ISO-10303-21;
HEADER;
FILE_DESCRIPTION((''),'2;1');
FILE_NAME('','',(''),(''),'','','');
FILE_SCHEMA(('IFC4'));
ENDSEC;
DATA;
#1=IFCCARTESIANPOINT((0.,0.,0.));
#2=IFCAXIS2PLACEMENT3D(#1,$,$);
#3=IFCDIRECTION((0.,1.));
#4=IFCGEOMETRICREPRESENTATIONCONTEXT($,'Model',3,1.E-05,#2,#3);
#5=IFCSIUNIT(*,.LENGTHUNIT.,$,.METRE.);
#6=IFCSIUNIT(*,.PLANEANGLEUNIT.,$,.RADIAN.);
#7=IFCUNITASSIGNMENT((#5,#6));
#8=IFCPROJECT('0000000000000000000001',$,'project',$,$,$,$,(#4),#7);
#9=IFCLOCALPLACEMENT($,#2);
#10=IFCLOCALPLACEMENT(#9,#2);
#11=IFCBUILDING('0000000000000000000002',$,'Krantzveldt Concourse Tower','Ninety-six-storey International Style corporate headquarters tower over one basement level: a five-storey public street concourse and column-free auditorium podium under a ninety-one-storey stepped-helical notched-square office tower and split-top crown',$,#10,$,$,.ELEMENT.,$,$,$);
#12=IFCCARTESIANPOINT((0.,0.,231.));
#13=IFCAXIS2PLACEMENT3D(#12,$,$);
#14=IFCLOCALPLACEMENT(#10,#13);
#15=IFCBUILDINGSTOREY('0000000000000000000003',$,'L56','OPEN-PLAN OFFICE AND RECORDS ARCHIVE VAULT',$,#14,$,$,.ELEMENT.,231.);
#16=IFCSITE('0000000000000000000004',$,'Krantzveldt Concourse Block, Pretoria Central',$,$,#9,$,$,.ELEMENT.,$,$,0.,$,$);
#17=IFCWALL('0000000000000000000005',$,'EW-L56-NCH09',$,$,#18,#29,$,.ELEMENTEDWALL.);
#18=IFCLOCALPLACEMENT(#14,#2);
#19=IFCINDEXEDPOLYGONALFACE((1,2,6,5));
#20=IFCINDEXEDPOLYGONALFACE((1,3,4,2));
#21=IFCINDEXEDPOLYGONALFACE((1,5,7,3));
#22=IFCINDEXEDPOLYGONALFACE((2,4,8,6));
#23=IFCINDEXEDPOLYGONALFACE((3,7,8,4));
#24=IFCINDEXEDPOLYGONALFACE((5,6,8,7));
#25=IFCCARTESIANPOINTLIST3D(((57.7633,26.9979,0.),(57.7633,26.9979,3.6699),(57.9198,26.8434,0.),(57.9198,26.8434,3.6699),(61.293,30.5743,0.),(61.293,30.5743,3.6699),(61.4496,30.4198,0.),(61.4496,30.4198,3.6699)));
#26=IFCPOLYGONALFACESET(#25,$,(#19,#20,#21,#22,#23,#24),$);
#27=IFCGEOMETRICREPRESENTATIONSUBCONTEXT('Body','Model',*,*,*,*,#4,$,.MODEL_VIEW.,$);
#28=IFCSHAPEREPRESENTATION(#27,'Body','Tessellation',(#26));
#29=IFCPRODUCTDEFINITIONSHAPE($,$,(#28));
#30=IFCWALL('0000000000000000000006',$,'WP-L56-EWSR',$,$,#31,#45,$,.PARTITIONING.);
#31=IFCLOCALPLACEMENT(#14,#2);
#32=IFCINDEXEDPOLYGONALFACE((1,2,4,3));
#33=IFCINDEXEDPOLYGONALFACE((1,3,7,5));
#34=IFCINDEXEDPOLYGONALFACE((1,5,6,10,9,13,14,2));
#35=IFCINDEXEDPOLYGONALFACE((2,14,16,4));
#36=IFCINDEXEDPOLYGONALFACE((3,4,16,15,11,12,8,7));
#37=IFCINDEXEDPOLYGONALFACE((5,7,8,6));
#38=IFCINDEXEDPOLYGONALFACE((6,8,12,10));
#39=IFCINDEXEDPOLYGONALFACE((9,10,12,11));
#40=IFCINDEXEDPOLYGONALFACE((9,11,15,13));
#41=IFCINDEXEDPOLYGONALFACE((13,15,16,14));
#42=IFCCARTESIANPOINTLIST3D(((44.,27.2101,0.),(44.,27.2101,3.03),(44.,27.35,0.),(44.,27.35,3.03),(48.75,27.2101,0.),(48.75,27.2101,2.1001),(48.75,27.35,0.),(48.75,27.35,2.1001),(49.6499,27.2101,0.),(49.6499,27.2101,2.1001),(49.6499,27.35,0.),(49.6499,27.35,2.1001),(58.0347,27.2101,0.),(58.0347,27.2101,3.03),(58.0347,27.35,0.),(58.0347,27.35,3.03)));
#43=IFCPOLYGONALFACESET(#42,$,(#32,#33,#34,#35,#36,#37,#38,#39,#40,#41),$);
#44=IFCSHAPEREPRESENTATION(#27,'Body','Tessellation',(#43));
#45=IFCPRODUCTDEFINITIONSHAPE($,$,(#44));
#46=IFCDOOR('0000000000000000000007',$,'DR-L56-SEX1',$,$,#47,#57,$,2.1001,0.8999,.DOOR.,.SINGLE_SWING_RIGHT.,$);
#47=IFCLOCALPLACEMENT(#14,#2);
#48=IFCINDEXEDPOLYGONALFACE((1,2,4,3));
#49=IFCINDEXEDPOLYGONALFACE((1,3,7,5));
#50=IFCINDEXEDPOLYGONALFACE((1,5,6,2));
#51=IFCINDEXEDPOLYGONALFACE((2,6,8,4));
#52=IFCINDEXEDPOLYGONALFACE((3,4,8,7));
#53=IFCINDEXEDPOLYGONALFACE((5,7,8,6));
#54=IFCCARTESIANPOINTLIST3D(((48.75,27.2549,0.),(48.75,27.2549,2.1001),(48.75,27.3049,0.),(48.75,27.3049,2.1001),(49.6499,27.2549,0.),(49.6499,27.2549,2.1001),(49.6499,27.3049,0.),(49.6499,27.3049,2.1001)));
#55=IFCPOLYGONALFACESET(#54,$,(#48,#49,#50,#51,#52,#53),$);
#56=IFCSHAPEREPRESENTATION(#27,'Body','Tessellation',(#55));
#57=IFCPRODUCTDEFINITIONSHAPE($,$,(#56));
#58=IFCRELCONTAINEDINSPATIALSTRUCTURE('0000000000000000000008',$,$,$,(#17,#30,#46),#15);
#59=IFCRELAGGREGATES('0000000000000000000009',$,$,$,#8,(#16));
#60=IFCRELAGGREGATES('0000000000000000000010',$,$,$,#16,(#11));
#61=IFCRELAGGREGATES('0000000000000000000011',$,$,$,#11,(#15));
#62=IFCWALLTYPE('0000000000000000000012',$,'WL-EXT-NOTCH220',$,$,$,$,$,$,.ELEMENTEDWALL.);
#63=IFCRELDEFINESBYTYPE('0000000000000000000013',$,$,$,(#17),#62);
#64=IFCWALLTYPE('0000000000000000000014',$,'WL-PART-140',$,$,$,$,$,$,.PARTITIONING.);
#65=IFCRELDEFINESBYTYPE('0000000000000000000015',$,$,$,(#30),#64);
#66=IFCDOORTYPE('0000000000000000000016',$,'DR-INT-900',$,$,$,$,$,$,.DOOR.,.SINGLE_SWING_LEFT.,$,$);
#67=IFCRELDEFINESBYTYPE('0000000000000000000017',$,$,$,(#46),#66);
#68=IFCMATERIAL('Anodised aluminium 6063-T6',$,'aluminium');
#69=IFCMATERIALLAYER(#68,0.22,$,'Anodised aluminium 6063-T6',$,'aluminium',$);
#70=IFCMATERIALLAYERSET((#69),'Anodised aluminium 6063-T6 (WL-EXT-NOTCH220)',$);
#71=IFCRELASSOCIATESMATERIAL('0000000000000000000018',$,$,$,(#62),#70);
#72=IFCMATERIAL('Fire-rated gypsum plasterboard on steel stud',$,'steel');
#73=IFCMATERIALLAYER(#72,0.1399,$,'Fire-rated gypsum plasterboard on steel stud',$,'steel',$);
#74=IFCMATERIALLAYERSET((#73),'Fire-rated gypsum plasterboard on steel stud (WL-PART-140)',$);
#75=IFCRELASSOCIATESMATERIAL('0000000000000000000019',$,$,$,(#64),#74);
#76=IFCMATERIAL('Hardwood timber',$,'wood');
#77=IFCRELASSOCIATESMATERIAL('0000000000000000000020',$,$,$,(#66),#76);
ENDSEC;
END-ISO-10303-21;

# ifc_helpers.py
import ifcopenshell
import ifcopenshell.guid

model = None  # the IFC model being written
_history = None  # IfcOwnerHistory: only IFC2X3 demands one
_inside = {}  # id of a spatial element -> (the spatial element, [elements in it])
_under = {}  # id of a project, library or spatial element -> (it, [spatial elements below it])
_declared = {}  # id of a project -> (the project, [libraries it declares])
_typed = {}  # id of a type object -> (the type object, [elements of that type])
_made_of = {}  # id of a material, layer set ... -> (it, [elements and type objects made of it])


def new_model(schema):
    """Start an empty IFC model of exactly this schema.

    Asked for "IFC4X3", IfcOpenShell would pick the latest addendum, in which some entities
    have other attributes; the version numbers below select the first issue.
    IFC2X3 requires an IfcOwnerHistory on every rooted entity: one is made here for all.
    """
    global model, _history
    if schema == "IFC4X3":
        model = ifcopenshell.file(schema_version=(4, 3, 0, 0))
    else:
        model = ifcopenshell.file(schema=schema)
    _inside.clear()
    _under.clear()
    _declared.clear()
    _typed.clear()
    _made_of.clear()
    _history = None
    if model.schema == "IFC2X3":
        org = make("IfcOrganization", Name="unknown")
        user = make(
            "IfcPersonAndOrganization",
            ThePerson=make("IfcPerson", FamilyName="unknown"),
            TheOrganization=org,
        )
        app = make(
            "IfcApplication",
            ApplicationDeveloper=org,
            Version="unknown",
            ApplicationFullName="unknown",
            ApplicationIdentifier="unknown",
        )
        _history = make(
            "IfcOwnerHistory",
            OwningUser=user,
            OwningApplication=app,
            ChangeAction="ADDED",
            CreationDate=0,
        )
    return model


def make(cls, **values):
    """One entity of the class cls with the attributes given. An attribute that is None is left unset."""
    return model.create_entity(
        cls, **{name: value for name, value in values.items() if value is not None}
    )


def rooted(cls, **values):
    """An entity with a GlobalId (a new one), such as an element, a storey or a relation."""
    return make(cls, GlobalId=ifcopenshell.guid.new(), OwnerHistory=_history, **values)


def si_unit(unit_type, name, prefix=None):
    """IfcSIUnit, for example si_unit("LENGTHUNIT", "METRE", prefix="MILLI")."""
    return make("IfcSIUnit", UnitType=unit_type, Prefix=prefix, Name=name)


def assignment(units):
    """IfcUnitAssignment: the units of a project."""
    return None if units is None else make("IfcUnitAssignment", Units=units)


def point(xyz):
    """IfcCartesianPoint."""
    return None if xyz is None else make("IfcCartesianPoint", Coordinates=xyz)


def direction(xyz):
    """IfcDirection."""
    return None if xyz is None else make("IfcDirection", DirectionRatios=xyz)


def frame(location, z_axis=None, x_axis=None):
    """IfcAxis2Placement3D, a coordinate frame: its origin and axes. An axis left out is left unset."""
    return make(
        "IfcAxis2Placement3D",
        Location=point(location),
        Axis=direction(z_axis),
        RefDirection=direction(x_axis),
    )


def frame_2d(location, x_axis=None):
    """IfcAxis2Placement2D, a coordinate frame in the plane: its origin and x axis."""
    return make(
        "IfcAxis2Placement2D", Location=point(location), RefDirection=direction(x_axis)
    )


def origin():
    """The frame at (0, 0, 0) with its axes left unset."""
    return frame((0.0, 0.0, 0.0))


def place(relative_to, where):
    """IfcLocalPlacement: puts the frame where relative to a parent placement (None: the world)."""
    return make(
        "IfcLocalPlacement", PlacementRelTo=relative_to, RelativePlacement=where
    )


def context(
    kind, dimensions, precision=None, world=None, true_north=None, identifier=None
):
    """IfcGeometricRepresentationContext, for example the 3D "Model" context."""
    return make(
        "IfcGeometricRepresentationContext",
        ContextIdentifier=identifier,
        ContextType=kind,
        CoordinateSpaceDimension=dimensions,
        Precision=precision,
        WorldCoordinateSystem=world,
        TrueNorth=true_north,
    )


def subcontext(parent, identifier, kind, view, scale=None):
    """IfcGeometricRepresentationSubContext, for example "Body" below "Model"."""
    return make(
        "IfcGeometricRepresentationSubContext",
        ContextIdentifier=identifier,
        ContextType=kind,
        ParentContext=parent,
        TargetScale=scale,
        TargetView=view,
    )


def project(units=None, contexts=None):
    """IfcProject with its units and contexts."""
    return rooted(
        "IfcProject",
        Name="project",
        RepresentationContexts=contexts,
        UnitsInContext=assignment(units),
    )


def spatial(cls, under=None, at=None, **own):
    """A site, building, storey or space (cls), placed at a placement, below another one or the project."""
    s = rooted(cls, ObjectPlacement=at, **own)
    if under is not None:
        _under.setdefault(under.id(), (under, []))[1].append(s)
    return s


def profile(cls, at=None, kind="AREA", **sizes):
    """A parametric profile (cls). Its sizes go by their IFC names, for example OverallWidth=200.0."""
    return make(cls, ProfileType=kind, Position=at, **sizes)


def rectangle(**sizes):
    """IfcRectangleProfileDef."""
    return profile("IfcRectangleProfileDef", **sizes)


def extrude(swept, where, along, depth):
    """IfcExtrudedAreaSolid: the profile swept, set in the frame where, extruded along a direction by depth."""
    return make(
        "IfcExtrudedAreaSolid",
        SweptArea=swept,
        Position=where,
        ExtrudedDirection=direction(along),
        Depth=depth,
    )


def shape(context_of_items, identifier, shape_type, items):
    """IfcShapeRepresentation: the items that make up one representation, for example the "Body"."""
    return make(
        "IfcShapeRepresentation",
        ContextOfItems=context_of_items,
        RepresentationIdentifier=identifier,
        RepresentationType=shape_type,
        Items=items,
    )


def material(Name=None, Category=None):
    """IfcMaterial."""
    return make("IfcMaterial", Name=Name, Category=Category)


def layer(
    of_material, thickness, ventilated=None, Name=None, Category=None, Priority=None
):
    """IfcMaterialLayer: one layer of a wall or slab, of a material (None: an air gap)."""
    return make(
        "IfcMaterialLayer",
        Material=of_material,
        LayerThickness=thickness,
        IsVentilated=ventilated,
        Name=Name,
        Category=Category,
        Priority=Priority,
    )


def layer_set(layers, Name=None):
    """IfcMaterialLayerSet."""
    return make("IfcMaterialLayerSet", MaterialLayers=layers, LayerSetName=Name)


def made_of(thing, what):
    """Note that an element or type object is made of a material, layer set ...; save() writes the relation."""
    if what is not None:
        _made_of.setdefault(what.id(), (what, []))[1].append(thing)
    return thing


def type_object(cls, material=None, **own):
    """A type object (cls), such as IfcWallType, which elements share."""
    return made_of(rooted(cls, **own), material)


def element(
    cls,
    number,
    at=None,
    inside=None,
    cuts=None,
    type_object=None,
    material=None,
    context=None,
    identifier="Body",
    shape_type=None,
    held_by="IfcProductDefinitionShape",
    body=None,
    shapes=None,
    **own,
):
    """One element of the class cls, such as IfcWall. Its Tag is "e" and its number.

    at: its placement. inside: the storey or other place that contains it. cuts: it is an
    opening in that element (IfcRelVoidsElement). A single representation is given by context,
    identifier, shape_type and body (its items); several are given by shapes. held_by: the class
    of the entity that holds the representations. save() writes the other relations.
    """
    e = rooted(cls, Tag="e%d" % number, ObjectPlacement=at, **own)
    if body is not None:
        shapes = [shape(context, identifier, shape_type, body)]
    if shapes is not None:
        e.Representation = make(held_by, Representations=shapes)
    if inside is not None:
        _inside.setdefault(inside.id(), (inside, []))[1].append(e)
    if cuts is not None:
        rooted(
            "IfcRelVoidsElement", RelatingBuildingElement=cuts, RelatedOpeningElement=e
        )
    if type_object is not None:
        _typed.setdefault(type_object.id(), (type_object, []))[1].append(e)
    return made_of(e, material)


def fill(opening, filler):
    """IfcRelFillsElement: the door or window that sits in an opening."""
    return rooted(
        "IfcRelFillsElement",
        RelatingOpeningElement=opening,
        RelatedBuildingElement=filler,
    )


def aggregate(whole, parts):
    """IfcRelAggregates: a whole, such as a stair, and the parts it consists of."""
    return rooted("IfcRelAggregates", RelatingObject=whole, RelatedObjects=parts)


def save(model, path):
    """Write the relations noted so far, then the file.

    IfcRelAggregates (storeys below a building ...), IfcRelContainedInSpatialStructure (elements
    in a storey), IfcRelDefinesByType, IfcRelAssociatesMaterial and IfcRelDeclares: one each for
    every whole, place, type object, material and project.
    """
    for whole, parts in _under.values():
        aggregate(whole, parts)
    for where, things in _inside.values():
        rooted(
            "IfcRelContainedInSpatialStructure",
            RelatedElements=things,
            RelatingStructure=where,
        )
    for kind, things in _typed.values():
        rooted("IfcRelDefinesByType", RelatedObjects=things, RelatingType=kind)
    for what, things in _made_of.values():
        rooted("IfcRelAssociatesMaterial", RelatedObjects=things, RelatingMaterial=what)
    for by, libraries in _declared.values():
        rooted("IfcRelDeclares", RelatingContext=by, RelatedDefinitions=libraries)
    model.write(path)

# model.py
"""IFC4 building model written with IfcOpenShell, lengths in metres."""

from ifc_helpers import new_model, si_unit, direction, frame, frame_2d, origin, place, context, subcontext, project, spatial, rectangle, extrude, material, layer, layer_set, type_object, element, fill, save


model = new_model("IFC4")

# Units and contexts
model_context = context("Model", 3, precision=1e-05, world=origin(), true_north=direction((0.0, 1.0)))
body_context = subcontext(model_context, "Body", "Model", "MODEL_VIEW")
ifc_project = project(units=[si_unit("LENGTHUNIT", "METRE"), si_unit("PLANEANGLEUNIT", "RADIAN")], contexts=[model_context])

# Site, building, storey
site_placement = place(None, origin())
site = spatial("IfcSite", under=ifc_project, at=site_placement, Name="Krantzveldt Concourse Block, Pretoria Central", CompositionType="ELEMENT", RefElevation=0.0)
building_placement = place(site_placement, origin())
building = spatial("IfcBuilding", under=site, at=building_placement, Name="Krantzveldt Concourse Tower", Description="Ninety-six-storey International Style corporate headquarters tower over one basement level: a five-storey public street concourse and column-free auditorium podium under a ninety-one-storey stepped-helical notched-square office tower and split-top crown", CompositionType="ELEMENT")
storey_placement = place(building_placement, frame((0.0, 0.0, 231.0)))
storey = spatial("IfcBuildingStorey", under=building, at=storey_placement, Name="L56", Description="OPEN-PLAN OFFICE AND RECORDS ARCHIVE VAULT", CompositionType="ELEMENT", Elevation=231.0)

# Shared definitions
ifc_material_1 = material(Name="Anodised aluminium 6063-T6", Category="aluminium")

# Wall
ifc_layer_1 = layer(ifc_material_1, 0.22, Name="Anodised aluminium 6063-T6", Category="aluminium")
ifc_layer_set_1 = layer_set([ifc_layer_1], Name="Anodised aluminium 6063-T6 (WL-EXT-NOTCH220)")
wall_type_1 = type_object("IfcWallType", Name="WL-EXT-NOTCH220", PredefinedType="ELEMENTEDWALL", material=ifc_layer_set_1)
wall_1_placement = place(storey_placement, frame((57.8416, 26.9207, 0.0), z_axis=(0.0, 0.0, 1.0), x_axis=(0.702452, 0.711731, 0.0)))
element("IfcWall", 1, at=wall_1_placement, inside=storey, type_object=wall_type_1, Name="EW-L56-NCH09", PredefinedType="ELEMENTEDWALL", context=body_context, shape_type="SweptSolid", body=[
    extrude(rectangle(XDim=5.0249, YDim=0.22, at=frame_2d((2.5125, 0.0))), origin(), (0.0, 0.0, 1.0), 3.6699),
])

# Wall, opening, door
ifc_material_2 = material(Name="Fire-rated gypsum plasterboard on steel stud", Category="steel")
ifc_layer_2 = layer(ifc_material_2, 0.1399, Name="Fire-rated gypsum plasterboard on steel stud", Category="steel")
ifc_layer_set_2 = layer_set([ifc_layer_2], Name="Fire-rated gypsum plasterboard on steel stud (WL-PART-140)")
wall_type_2 = type_object("IfcWallType", Name="WL-PART-140", PredefinedType="PARTITIONING", material=ifc_layer_set_2)
wall_2_placement = place(storey_placement, frame((44.0, 27.28, 0.0), z_axis=(0.0, 0.0, 1.0), x_axis=(1.0, 0.0, 0.0)))
wall_2 = element("IfcWall", 2, at=wall_2_placement, inside=storey, type_object=wall_type_2, Name="WP-L56-EWSR", PredefinedType="PARTITIONING", context=body_context, shape_type="SweptSolid", body=[
    extrude(rectangle(XDim=14.0347, YDim=0.1399, at=frame_2d((7.0173, 0.0))), origin(), (0.0, 0.0, 1.0), 3.03),
])
opening_placement = place(wall_2_placement, frame((4.75, 0.0, 0.0)))
opening = element("IfcOpeningElement", 3, at=opening_placement, cuts=wall_2, PredefinedType="OPENING", context=body_context, shape_type="SweptSolid", body=[
    extrude(rectangle(XDim=0.8999, YDim=2.1001, at=frame_2d((0.45, 1.05))), frame((0.0, 0.0801, 0.0), z_axis=(0.0, -1.0, 0.0), x_axis=(1.0, 0.0, 0.0)), (0.0, 0.0, 1.0), 0.1599),
])
ifc_material_3 = material(Name="Hardwood timber", Category="wood")
door_type = type_object("IfcDoorType", Name="DR-INT-900", OperationType="SINGLE_SWING_LEFT", PredefinedType="DOOR", material=ifc_material_3)
door_placement = place(opening_placement, origin())
door = element("IfcDoor", 4, at=door_placement, inside=storey, type_object=door_type, Name="DR-L56-SEX1", OperationType="SINGLE_SWING_RIGHT", OverallHeight=2.1001, OverallWidth=0.8999, PredefinedType="DOOR", context=body_context, shape_type="SweptSolid", body=[
    extrude(rectangle(XDim=0.8999, YDim=2.1001, at=frame_2d((0.45, 1.05))), frame((0.0, 0.0249, 0.0), z_axis=(0.0, -1.0, 0.0), x_axis=(1.0, 0.0, 0.0)), (0.0, 0.0, 1.0), 0.05),
])
fill(opening, door)

save(model, "model.ifc")
